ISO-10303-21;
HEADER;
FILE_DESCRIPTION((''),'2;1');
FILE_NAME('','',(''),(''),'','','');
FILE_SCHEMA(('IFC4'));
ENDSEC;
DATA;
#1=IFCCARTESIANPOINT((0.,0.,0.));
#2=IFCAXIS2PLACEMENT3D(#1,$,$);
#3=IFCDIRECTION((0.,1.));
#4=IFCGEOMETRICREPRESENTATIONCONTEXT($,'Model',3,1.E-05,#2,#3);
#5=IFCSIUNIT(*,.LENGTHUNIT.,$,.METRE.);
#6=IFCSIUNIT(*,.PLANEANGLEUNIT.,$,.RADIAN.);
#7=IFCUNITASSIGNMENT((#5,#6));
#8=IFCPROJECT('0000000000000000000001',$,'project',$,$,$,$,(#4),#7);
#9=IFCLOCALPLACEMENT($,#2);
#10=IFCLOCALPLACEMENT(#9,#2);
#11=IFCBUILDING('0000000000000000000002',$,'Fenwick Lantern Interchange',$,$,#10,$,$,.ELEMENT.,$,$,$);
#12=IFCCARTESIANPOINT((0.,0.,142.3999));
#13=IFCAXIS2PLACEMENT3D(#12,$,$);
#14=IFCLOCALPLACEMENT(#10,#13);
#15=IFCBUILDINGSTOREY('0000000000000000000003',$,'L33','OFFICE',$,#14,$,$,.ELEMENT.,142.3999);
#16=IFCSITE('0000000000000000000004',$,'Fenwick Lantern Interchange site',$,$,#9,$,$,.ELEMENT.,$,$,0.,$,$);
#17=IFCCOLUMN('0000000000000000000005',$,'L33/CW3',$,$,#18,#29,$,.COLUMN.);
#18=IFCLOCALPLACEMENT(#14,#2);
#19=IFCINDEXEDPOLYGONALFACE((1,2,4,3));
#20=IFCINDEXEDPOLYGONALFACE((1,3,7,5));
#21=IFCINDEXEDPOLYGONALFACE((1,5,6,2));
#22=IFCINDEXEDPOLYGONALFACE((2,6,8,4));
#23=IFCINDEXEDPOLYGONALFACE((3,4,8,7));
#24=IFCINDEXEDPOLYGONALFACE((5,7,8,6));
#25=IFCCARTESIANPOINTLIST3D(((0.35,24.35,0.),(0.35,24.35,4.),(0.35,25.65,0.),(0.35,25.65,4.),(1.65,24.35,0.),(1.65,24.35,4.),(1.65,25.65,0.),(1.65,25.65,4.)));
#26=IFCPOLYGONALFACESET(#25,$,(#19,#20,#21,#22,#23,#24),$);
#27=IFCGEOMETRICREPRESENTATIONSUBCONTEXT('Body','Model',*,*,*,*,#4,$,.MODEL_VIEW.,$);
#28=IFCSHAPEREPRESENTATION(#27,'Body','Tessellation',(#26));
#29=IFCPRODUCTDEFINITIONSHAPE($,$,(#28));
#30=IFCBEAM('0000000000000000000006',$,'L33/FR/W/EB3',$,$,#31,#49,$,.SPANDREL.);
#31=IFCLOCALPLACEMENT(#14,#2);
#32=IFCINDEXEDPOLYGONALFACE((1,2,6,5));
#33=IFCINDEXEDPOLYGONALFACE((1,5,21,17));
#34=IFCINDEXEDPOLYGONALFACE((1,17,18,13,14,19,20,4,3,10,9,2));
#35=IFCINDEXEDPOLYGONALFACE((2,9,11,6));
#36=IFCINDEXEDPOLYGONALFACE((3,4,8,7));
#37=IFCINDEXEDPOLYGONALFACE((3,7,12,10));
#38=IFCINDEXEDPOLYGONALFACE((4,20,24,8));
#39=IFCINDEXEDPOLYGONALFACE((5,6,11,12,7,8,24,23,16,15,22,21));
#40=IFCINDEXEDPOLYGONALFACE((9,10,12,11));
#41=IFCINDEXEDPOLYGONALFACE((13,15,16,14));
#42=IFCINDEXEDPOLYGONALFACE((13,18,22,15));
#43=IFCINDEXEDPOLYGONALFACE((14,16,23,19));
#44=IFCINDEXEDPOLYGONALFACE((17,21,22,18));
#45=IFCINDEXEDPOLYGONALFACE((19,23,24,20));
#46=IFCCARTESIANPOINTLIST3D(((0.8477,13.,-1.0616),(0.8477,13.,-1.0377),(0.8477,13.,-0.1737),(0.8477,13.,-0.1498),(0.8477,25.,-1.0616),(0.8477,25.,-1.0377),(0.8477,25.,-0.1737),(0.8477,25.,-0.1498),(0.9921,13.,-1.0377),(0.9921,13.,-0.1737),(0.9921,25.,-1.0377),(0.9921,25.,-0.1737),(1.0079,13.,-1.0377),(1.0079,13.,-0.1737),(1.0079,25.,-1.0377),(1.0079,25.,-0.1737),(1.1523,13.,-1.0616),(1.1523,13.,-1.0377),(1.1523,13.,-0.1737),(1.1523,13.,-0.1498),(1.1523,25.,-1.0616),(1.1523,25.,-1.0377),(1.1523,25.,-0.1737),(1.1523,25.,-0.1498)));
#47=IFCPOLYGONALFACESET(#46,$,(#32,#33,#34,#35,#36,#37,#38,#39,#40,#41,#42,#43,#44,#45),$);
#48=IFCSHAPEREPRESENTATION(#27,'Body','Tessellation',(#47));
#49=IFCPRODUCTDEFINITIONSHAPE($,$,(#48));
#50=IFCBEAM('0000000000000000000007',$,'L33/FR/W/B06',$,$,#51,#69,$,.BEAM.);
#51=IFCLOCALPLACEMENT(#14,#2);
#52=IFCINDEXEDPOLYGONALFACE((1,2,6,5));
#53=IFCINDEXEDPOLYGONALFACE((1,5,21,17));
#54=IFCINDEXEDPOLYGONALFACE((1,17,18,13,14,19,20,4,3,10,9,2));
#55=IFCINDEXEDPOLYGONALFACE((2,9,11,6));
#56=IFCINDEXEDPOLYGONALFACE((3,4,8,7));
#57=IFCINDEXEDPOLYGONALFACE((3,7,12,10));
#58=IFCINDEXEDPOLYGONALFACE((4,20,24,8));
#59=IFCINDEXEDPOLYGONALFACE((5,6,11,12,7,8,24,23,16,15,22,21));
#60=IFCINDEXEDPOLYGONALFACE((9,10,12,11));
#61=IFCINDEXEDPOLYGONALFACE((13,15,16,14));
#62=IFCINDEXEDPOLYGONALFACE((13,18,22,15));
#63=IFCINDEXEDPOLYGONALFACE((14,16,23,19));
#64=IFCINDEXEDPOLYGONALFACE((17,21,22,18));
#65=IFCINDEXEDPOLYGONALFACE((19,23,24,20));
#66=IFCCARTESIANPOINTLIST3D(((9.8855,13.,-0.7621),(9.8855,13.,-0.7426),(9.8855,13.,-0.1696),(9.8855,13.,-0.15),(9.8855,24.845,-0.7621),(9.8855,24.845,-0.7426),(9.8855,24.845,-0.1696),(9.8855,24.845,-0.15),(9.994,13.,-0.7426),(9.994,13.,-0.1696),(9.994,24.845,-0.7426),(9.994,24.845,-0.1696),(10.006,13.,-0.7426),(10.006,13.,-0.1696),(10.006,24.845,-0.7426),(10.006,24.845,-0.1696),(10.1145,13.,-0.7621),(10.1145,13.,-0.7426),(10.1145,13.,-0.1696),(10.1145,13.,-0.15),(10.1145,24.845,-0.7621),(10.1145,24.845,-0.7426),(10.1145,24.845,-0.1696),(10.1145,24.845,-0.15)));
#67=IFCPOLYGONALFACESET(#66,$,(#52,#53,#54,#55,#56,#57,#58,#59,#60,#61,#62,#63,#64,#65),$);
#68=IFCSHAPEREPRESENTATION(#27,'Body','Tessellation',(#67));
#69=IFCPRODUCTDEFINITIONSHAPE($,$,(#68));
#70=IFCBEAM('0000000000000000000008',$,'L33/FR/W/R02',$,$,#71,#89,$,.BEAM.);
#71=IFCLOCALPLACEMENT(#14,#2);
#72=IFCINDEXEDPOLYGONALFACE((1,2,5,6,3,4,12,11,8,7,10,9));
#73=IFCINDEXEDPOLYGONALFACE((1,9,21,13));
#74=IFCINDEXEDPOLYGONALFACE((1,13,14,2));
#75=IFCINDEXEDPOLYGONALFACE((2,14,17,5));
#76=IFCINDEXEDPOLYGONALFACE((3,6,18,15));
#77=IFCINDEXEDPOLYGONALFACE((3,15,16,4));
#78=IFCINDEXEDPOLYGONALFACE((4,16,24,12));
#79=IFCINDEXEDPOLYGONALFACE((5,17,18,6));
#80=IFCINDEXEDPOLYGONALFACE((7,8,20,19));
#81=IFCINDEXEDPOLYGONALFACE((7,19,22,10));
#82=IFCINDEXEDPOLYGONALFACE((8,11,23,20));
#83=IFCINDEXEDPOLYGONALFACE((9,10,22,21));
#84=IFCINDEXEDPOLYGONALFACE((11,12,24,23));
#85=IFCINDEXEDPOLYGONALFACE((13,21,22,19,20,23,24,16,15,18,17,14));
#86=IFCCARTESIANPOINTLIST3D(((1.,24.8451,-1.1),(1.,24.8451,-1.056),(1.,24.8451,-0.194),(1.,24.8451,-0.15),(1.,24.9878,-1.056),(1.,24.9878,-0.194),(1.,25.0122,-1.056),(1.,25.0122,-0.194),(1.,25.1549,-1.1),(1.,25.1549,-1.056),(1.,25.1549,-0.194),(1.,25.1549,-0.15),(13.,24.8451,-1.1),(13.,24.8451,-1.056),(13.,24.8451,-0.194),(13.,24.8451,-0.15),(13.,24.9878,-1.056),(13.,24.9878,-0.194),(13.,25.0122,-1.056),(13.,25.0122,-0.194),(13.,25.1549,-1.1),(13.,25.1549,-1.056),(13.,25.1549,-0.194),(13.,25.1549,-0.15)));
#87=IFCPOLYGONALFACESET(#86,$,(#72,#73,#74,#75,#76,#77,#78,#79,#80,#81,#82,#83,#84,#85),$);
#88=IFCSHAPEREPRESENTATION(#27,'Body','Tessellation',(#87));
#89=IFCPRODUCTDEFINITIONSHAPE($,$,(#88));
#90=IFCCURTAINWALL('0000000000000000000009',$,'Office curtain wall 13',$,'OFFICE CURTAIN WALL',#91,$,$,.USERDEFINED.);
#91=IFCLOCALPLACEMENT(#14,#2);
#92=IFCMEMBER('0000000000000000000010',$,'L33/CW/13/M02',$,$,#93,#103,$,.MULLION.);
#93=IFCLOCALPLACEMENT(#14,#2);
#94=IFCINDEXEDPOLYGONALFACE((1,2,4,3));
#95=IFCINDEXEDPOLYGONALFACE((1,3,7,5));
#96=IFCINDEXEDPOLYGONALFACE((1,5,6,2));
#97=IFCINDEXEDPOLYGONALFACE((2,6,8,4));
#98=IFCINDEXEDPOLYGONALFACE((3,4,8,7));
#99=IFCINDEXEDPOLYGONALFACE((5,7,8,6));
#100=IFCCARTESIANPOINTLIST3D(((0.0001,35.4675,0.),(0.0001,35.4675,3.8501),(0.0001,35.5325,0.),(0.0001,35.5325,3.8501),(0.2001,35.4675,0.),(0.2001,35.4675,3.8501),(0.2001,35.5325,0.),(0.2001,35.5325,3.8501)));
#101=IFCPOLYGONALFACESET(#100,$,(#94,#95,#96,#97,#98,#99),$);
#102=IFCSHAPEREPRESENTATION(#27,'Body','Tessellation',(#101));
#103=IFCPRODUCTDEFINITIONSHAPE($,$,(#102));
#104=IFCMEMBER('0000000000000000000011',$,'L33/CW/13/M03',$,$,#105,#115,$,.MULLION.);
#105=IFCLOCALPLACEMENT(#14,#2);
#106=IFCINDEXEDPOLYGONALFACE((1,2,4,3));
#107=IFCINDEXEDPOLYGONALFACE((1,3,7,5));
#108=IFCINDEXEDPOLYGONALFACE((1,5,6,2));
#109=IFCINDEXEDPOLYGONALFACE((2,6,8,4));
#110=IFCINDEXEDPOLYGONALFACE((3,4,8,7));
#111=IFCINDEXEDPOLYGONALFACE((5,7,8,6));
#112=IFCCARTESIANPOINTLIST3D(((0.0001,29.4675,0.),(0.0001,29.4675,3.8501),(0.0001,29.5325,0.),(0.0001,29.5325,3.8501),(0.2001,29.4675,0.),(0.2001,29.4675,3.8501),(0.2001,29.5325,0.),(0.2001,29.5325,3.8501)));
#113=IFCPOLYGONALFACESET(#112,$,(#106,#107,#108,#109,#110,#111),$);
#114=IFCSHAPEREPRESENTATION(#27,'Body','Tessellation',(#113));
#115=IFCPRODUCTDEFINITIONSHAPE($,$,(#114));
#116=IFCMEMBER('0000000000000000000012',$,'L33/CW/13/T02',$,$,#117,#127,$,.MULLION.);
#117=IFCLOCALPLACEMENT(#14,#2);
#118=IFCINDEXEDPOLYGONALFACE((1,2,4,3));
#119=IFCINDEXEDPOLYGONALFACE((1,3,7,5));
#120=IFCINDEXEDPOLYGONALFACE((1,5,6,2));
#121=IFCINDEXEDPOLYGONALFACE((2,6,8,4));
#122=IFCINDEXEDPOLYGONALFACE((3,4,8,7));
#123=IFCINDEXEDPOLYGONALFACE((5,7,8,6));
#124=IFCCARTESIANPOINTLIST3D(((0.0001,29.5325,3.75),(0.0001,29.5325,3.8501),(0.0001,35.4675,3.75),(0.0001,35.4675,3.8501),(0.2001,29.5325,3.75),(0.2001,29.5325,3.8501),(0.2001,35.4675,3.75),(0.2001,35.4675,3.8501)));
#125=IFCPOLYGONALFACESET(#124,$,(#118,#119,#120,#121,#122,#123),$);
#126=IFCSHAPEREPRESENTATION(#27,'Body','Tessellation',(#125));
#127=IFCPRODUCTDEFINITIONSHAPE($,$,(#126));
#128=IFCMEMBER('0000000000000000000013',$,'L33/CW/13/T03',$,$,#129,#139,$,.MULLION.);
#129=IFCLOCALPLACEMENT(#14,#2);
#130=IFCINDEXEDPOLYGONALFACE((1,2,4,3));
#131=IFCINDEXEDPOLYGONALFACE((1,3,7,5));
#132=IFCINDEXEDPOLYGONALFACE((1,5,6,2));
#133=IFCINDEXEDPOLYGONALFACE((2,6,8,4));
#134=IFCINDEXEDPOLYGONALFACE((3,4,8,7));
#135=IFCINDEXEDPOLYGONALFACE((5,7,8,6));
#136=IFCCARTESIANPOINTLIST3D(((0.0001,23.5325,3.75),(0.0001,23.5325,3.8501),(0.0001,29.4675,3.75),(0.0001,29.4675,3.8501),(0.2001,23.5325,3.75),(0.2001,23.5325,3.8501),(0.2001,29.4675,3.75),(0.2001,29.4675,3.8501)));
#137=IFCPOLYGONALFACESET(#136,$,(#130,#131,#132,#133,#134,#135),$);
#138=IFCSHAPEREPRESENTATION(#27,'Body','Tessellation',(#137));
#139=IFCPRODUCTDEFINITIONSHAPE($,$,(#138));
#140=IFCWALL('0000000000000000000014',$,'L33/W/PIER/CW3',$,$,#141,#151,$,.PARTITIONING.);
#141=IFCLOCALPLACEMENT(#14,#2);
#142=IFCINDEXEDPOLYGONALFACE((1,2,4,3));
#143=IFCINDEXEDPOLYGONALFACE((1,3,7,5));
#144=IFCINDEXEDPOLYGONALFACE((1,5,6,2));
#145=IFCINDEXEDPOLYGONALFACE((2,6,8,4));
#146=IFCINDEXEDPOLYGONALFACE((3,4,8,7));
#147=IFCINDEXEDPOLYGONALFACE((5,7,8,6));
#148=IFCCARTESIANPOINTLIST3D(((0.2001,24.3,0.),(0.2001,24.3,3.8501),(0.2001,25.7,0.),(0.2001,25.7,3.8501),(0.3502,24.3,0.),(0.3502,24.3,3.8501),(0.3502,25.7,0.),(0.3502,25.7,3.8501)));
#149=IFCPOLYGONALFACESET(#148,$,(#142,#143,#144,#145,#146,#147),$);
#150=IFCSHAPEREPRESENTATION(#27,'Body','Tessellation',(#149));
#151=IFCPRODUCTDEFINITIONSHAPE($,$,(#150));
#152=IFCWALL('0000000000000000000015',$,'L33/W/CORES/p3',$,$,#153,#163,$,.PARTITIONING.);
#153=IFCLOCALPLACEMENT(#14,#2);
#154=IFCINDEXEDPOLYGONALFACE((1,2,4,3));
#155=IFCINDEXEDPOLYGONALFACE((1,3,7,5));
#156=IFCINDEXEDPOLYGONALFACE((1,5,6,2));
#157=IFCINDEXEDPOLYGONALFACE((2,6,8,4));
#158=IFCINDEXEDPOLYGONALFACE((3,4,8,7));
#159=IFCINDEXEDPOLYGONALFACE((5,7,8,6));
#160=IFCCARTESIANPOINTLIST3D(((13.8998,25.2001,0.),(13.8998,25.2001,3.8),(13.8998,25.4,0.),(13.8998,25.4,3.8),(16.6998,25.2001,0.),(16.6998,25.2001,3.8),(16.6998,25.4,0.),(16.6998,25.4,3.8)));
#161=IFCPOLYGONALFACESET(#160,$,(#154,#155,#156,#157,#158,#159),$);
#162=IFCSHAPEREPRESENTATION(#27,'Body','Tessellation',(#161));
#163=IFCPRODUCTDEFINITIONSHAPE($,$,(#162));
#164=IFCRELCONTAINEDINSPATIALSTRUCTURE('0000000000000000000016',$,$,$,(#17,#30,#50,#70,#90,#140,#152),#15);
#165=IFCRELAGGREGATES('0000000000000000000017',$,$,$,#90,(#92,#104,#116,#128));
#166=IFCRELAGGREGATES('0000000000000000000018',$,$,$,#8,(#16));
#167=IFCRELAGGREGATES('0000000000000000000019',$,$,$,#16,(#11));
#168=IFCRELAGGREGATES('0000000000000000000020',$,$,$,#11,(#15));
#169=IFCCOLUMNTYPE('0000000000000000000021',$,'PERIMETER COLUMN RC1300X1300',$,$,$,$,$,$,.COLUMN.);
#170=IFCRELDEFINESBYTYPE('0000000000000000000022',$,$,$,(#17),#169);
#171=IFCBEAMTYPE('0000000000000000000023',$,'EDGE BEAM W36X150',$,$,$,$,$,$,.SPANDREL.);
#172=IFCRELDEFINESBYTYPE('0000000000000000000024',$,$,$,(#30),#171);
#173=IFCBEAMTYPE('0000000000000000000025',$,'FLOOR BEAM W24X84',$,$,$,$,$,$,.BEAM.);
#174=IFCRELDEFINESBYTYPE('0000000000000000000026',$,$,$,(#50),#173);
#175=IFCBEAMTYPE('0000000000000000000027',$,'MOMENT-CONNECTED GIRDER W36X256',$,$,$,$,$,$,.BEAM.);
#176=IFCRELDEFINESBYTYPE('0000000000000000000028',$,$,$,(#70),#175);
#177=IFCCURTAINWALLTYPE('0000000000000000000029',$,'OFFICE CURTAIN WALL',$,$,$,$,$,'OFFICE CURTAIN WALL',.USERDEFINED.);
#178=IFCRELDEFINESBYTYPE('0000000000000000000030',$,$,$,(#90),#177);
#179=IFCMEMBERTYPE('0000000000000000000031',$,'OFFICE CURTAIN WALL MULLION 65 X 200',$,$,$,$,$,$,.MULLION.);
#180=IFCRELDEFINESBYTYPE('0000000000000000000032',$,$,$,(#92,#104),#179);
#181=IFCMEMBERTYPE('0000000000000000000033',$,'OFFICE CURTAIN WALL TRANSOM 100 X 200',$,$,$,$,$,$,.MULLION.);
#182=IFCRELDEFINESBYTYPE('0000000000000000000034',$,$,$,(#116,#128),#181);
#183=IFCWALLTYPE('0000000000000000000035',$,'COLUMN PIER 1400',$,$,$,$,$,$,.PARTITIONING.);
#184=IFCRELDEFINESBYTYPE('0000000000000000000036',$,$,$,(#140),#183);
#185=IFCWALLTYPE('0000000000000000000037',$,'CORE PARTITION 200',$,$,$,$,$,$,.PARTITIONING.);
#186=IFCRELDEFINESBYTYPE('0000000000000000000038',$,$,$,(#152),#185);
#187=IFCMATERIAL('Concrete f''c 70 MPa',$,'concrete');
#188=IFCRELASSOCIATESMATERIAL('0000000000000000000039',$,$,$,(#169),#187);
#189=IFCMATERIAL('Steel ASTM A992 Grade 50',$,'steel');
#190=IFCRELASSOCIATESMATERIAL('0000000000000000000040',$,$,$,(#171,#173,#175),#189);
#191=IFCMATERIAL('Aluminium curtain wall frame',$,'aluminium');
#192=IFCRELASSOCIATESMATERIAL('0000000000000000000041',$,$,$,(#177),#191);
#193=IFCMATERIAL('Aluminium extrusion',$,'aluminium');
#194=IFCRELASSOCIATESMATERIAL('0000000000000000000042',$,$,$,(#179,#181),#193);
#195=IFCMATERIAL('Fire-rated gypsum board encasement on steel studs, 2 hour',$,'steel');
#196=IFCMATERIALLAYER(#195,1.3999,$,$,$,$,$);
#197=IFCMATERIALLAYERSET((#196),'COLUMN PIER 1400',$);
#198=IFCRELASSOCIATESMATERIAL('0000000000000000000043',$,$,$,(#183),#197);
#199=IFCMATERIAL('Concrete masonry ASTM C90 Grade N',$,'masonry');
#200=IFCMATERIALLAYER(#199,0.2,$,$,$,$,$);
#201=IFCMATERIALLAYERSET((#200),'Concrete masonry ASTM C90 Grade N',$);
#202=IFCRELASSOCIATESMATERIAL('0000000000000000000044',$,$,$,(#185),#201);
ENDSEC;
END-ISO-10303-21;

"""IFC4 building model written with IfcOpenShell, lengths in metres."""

from ifc_helpers import new_model, si_unit, direction, frame, frame_2d, origin, origin_2d, place, context, subcontext, project, spatial, rectangle, i_section, extrude, material, layer, layer_set, material_profile, profile_set, type_object, element, aggregate, save


model = new_model("IFC4")

# Units and contexts
model_context = context("Model", 3, precision=1e-05, world=origin(), true_north=direction((0.0, 1.0)))
body_context = subcontext(model_context, "Body", "Model", "MODEL_VIEW")
ifc_project = project(units=[si_unit("LENGTHUNIT", "METRE"), si_unit("PLANEANGLEUNIT", "RADIAN")], contexts=[model_context])

# Site, building, storey
site_placement = place(None, origin())
site = spatial("IfcSite", under=ifc_project, at=site_placement, Name="Fenwick Lantern Interchange site", CompositionType="ELEMENT", RefElevation=0.0)
building_placement = place(site_placement, origin())
building = spatial("IfcBuilding", under=site, at=building_placement, Name="Fenwick Lantern Interchange", CompositionType="ELEMENT")
storey_placement = place(building_placement, frame((0.0, 0.0, 142.3999)))
storey = spatial("IfcBuildingStorey", under=building, at=storey_placement, Name="L33", Description="OFFICE", CompositionType="ELEMENT", Elevation=142.3999)

# Column
ifc_material_1 = material(Name="Concrete f'c 70 MPa", Category="concrete")
ifc_material_profile_1 = material_profile(ifc_material_1, rectangle(XDim=1.3, YDim=1.3, at=origin_2d()), Name="RC1300X1300")
ifc_profile_set_1 = profile_set([ifc_material_profile_1], Name="Concrete f'c 70 MPa")
column_type = type_object("IfcColumnType", Name="PERIMETER COLUMN RC1300X1300", PredefinedType="COLUMN", material=ifc_profile_set_1)
column_placement = place(storey_placement, frame((1.0, 25.0, 0.0), z_axis=(0.0, 0.0, 1.0), x_axis=(1.0, 0.0, 0.0)))
element("IfcColumn", 1, at=column_placement, inside=storey, type_object=column_type, Name="L33/CW3", PredefinedType="COLUMN", context=body_context, shape_type="SweptSolid", body=[
    extrude(rectangle(XDim=1.3, YDim=1.3, at=origin_2d()), origin(), (0.0, 0.0, 1.0), 4.0),
])

# Beams
ifc_material_2 = material(Name="Steel ASTM A992 Grade 50", Category="steel")
ifc_material_profile_2 = material_profile(ifc_material_2, i_section(OverallWidth=0.3047, OverallDepth=0.9119, WebThickness=0.0159, FlangeThickness=0.0239, at=origin_2d()), Name="W36X150")
ifc_profile_set_2 = profile_set([ifc_material_profile_2], Name="Steel ASTM A992 Grade 50")
beam_type_1 = type_object("IfcBeamType", Name="EDGE BEAM W36X150", PredefinedType="SPANDREL", material=ifc_profile_set_2)
beam_1_placement = place(storey_placement, frame((1.0, 25.0, -0.6057), z_axis=(0.0, -1.0, 0.0), x_axis=(1.0, 0.0, 0.0)))
element("IfcBeam", 2, at=beam_1_placement, inside=storey, type_object=beam_type_1, Name="L33/FR/W/EB3", PredefinedType="SPANDREL", context=body_context, shape_type="SweptSolid", body=[
    extrude(i_section(OverallWidth=0.3047, OverallDepth=0.9119, WebThickness=0.0159, FlangeThickness=0.0239, at=origin_2d()), origin(), (0.0, 0.0, 1.0), 12.0),
])
ifc_material_profile_3 = material_profile(ifc_material_2, i_section(OverallWidth=0.229, OverallDepth=0.6121, WebThickness=0.012, FlangeThickness=0.0195, at=origin_2d()), Name="W24X84")
ifc_profile_set_3 = profile_set([ifc_material_profile_3], Name="Steel ASTM A992 Grade 50")
beam_type_2 = type_object("IfcBeamType", Name="FLOOR BEAM W24X84", PredefinedType="BEAM", material=ifc_profile_set_3)
beam_2_placement = place(storey_placement, frame((10.0, 24.845, -0.4561), z_axis=(0.0, -1.0, 0.0), x_axis=(1.0, 0.0, 0.0)))
element("IfcBeam", 3, at=beam_2_placement, inside=storey, type_object=beam_type_2, Name="L33/FR/W/B06", PredefinedType="BEAM", context=body_context, shape_type="SweptSolid", body=[
    extrude(i_section(OverallWidth=0.229, OverallDepth=0.6121, WebThickness=0.012, FlangeThickness=0.0195, at=origin_2d()), origin(), (0.0, 0.0, 1.0), 11.845),
])
ifc_material_profile_4 = material_profile(ifc_material_2, i_section(OverallWidth=0.3098, OverallDepth=0.95, WebThickness=0.0244, FlangeThickness=0.0439, at=origin_2d()), Name="W36X256")
ifc_profile_set_4 = profile_set([ifc_material_profile_4], Name="Steel ASTM A992 Grade 50")
beam_type_3 = type_object("IfcBeamType", Name="MOMENT-CONNECTED GIRDER W36X256", PredefinedType="BEAM", material=ifc_profile_set_4)
beam_3_placement = place(storey_placement, frame((1.0, 25.0, -0.625), z_axis=(1.0, 0.0, 0.0), x_axis=(0.0, 1.0, 0.0)))
element("IfcBeam", 4, at=beam_3_placement, inside=storey, type_object=beam_type_3, Name="L33/FR/W/R02", PredefinedType="BEAM", context=body_context, shape_type="SweptSolid", body=[
    extrude(i_section(OverallWidth=0.3098, OverallDepth=0.95, WebThickness=0.0244, FlangeThickness=0.0439, at=origin_2d()), origin(), (0.0, 0.0, 1.0), 12.0),
])

# Curtain wall, members
ifc_material_3 = material(Name="Aluminium curtain wall frame", Category="aluminium")
curtain_wall_type = type_object("IfcCurtainWallType", Name="OFFICE CURTAIN WALL", ElementType="OFFICE CURTAIN WALL", PredefinedType="USERDEFINED", material=ifc_material_3)
curtain_wall_placement = place(storey_placement, origin())
curtain_wall = element("IfcCurtainWall", 5, at=curtain_wall_placement, inside=storey, type_object=curtain_wall_type, Name="Office curtain wall 13", ObjectType="OFFICE CURTAIN WALL", PredefinedType="USERDEFINED")
ifc_material_4 = material(Name="Aluminium extrusion", Category="aluminium")
ifc_material_profile_5 = material_profile(ifc_material_4, rectangle(XDim=0.2, YDim=0.0649, at=origin_2d()), Name="OFFICE CURTAIN WALL MULLION 65 X 200")
ifc_profile_set_5 = profile_set([ifc_material_profile_5], Name="Aluminium extrusion")
member_type_1 = type_object("IfcMemberType", Name="OFFICE CURTAIN WALL MULLION 65 X 200", PredefinedType="MULLION", material=ifc_profile_set_5)
member_1_placement = place(storey_placement, frame((0.1001, 35.5, 0.0), z_axis=(0.0, 0.0, 1.0), x_axis=(1.0, 0.0, 0.0)))
member_1 = element("IfcMember", 6, at=member_1_placement, type_object=member_type_1, Name="L33/CW/13/M02", PredefinedType="MULLION", context=body_context, shape_type="SweptSolid", body=[
    extrude(rectangle(XDim=0.2, YDim=0.0649, at=origin_2d()), origin(), (0.0, 0.0, 1.0), 3.8501),
])
member_2_placement = place(storey_placement, frame((0.1001, 29.5, 0.0), z_axis=(0.0, 0.0, 1.0), x_axis=(1.0, 0.0, 0.0)))
member_2 = element("IfcMember", 7, at=member_2_placement, type_object=member_type_1, Name="L33/CW/13/M03", PredefinedType="MULLION", context=body_context, shape_type="SweptSolid", body=[
    extrude(rectangle(XDim=0.2, YDim=0.0649, at=origin_2d()), origin(), (0.0, 0.0, 1.0), 3.8501),
])
ifc_material_profile_6 = material_profile(ifc_material_4, rectangle(XDim=0.2, YDim=0.1001, at=origin_2d()), Name="OFFICE CURTAIN WALL TRANSOM 100 X 200")
ifc_profile_set_6 = profile_set([ifc_material_profile_6], Name="Aluminium extrusion")
member_type_2 = type_object("IfcMemberType", Name="OFFICE CURTAIN WALL TRANSOM 100 X 200", PredefinedType="MULLION", material=ifc_profile_set_6)
member_3_placement = place(storey_placement, frame((0.1001, 35.4675, 3.8), z_axis=(0.0, -1.0, 0.0), x_axis=(1.0, 0.0, 0.0)))
member_3 = element("IfcMember", 8, at=member_3_placement, type_object=member_type_2, Name="L33/CW/13/T02", PredefinedType="MULLION", context=body_context, shape_type="SweptSolid", body=[
    extrude(rectangle(XDim=0.2, YDim=0.1001, at=origin_2d()), origin(), (0.0, 0.0, 1.0), 5.9351),
])
member_4_placement = place(storey_placement, frame((0.1001, 29.4675, 3.8), z_axis=(0.0, -1.0, 0.0), x_axis=(1.0, 0.0, 0.0)))
member_4 = element("IfcMember", 9, at=member_4_placement, type_object=member_type_2, Name="L33/CW/13/T03", PredefinedType="MULLION", context=body_context, shape_type="SweptSolid", body=[
    extrude(rectangle(XDim=0.2, YDim=0.1001, at=origin_2d()), origin(), (0.0, 0.0, 1.0), 5.9351),
])
aggregate(curtain_wall, [member_1, member_2, member_3, member_4])

# Walls
ifc_material_5 = material(Name="Fire-rated gypsum board encasement on steel studs, 2 hour", Category="steel")
ifc_layer_1 = layer(ifc_material_5, 1.3999)
ifc_layer_set_1 = layer_set([ifc_layer_1], Name="COLUMN PIER 1400")
wall_type_1 = type_object("IfcWallType", Name="COLUMN PIER 1400", PredefinedType="PARTITIONING", material=ifc_layer_set_1)
wall_1_placement = place(storey_placement, frame((0.2, 25.0, 0.0), z_axis=(0.0, 0.0, 1.0), x_axis=(1.0, 0.0, 0.0)))
element("IfcWall", 10, at=wall_1_placement, inside=storey, type_object=wall_type_1, Name="L33/W/PIER/CW3", PredefinedType="PARTITIONING", context=body_context, shape_type="SweptSolid", body=[
    extrude(rectangle(XDim=0.1501, YDim=1.3999, at=frame_2d((0.0752, 0.0))), origin(), (0.0, 0.0, 1.0), 3.8501),
])
ifc_material_6 = material(Name="Concrete masonry ASTM C90 Grade N", Category="masonry")
ifc_layer_2 = layer(ifc_material_6, 0.2)
ifc_layer_set_2 = layer_set([ifc_layer_2], Name="Concrete masonry ASTM C90 Grade N")
wall_type_2 = type_object("IfcWallType", Name="CORE PARTITION 200", PredefinedType="PARTITIONING", material=ifc_layer_set_2)
wall_2_placement = place(storey_placement, frame((13.8999, 25.3, 0.0), z_axis=(0.0, 0.0, 1.0), x_axis=(1.0, 0.0, 0.0)))
element("IfcWall", 11, at=wall_2_placement, inside=storey, type_object=wall_type_2, Name="L33/W/CORES/p3", PredefinedType="PARTITIONING", context=body_context, shape_type="SweptSolid", body=[
    extrude(rectangle(XDim=2.8, YDim=0.2, at=frame_2d((1.3999, 0.0))), origin(), (0.0, 0.0, 1.0), 3.8),
])

save(model, "model.ifc")
